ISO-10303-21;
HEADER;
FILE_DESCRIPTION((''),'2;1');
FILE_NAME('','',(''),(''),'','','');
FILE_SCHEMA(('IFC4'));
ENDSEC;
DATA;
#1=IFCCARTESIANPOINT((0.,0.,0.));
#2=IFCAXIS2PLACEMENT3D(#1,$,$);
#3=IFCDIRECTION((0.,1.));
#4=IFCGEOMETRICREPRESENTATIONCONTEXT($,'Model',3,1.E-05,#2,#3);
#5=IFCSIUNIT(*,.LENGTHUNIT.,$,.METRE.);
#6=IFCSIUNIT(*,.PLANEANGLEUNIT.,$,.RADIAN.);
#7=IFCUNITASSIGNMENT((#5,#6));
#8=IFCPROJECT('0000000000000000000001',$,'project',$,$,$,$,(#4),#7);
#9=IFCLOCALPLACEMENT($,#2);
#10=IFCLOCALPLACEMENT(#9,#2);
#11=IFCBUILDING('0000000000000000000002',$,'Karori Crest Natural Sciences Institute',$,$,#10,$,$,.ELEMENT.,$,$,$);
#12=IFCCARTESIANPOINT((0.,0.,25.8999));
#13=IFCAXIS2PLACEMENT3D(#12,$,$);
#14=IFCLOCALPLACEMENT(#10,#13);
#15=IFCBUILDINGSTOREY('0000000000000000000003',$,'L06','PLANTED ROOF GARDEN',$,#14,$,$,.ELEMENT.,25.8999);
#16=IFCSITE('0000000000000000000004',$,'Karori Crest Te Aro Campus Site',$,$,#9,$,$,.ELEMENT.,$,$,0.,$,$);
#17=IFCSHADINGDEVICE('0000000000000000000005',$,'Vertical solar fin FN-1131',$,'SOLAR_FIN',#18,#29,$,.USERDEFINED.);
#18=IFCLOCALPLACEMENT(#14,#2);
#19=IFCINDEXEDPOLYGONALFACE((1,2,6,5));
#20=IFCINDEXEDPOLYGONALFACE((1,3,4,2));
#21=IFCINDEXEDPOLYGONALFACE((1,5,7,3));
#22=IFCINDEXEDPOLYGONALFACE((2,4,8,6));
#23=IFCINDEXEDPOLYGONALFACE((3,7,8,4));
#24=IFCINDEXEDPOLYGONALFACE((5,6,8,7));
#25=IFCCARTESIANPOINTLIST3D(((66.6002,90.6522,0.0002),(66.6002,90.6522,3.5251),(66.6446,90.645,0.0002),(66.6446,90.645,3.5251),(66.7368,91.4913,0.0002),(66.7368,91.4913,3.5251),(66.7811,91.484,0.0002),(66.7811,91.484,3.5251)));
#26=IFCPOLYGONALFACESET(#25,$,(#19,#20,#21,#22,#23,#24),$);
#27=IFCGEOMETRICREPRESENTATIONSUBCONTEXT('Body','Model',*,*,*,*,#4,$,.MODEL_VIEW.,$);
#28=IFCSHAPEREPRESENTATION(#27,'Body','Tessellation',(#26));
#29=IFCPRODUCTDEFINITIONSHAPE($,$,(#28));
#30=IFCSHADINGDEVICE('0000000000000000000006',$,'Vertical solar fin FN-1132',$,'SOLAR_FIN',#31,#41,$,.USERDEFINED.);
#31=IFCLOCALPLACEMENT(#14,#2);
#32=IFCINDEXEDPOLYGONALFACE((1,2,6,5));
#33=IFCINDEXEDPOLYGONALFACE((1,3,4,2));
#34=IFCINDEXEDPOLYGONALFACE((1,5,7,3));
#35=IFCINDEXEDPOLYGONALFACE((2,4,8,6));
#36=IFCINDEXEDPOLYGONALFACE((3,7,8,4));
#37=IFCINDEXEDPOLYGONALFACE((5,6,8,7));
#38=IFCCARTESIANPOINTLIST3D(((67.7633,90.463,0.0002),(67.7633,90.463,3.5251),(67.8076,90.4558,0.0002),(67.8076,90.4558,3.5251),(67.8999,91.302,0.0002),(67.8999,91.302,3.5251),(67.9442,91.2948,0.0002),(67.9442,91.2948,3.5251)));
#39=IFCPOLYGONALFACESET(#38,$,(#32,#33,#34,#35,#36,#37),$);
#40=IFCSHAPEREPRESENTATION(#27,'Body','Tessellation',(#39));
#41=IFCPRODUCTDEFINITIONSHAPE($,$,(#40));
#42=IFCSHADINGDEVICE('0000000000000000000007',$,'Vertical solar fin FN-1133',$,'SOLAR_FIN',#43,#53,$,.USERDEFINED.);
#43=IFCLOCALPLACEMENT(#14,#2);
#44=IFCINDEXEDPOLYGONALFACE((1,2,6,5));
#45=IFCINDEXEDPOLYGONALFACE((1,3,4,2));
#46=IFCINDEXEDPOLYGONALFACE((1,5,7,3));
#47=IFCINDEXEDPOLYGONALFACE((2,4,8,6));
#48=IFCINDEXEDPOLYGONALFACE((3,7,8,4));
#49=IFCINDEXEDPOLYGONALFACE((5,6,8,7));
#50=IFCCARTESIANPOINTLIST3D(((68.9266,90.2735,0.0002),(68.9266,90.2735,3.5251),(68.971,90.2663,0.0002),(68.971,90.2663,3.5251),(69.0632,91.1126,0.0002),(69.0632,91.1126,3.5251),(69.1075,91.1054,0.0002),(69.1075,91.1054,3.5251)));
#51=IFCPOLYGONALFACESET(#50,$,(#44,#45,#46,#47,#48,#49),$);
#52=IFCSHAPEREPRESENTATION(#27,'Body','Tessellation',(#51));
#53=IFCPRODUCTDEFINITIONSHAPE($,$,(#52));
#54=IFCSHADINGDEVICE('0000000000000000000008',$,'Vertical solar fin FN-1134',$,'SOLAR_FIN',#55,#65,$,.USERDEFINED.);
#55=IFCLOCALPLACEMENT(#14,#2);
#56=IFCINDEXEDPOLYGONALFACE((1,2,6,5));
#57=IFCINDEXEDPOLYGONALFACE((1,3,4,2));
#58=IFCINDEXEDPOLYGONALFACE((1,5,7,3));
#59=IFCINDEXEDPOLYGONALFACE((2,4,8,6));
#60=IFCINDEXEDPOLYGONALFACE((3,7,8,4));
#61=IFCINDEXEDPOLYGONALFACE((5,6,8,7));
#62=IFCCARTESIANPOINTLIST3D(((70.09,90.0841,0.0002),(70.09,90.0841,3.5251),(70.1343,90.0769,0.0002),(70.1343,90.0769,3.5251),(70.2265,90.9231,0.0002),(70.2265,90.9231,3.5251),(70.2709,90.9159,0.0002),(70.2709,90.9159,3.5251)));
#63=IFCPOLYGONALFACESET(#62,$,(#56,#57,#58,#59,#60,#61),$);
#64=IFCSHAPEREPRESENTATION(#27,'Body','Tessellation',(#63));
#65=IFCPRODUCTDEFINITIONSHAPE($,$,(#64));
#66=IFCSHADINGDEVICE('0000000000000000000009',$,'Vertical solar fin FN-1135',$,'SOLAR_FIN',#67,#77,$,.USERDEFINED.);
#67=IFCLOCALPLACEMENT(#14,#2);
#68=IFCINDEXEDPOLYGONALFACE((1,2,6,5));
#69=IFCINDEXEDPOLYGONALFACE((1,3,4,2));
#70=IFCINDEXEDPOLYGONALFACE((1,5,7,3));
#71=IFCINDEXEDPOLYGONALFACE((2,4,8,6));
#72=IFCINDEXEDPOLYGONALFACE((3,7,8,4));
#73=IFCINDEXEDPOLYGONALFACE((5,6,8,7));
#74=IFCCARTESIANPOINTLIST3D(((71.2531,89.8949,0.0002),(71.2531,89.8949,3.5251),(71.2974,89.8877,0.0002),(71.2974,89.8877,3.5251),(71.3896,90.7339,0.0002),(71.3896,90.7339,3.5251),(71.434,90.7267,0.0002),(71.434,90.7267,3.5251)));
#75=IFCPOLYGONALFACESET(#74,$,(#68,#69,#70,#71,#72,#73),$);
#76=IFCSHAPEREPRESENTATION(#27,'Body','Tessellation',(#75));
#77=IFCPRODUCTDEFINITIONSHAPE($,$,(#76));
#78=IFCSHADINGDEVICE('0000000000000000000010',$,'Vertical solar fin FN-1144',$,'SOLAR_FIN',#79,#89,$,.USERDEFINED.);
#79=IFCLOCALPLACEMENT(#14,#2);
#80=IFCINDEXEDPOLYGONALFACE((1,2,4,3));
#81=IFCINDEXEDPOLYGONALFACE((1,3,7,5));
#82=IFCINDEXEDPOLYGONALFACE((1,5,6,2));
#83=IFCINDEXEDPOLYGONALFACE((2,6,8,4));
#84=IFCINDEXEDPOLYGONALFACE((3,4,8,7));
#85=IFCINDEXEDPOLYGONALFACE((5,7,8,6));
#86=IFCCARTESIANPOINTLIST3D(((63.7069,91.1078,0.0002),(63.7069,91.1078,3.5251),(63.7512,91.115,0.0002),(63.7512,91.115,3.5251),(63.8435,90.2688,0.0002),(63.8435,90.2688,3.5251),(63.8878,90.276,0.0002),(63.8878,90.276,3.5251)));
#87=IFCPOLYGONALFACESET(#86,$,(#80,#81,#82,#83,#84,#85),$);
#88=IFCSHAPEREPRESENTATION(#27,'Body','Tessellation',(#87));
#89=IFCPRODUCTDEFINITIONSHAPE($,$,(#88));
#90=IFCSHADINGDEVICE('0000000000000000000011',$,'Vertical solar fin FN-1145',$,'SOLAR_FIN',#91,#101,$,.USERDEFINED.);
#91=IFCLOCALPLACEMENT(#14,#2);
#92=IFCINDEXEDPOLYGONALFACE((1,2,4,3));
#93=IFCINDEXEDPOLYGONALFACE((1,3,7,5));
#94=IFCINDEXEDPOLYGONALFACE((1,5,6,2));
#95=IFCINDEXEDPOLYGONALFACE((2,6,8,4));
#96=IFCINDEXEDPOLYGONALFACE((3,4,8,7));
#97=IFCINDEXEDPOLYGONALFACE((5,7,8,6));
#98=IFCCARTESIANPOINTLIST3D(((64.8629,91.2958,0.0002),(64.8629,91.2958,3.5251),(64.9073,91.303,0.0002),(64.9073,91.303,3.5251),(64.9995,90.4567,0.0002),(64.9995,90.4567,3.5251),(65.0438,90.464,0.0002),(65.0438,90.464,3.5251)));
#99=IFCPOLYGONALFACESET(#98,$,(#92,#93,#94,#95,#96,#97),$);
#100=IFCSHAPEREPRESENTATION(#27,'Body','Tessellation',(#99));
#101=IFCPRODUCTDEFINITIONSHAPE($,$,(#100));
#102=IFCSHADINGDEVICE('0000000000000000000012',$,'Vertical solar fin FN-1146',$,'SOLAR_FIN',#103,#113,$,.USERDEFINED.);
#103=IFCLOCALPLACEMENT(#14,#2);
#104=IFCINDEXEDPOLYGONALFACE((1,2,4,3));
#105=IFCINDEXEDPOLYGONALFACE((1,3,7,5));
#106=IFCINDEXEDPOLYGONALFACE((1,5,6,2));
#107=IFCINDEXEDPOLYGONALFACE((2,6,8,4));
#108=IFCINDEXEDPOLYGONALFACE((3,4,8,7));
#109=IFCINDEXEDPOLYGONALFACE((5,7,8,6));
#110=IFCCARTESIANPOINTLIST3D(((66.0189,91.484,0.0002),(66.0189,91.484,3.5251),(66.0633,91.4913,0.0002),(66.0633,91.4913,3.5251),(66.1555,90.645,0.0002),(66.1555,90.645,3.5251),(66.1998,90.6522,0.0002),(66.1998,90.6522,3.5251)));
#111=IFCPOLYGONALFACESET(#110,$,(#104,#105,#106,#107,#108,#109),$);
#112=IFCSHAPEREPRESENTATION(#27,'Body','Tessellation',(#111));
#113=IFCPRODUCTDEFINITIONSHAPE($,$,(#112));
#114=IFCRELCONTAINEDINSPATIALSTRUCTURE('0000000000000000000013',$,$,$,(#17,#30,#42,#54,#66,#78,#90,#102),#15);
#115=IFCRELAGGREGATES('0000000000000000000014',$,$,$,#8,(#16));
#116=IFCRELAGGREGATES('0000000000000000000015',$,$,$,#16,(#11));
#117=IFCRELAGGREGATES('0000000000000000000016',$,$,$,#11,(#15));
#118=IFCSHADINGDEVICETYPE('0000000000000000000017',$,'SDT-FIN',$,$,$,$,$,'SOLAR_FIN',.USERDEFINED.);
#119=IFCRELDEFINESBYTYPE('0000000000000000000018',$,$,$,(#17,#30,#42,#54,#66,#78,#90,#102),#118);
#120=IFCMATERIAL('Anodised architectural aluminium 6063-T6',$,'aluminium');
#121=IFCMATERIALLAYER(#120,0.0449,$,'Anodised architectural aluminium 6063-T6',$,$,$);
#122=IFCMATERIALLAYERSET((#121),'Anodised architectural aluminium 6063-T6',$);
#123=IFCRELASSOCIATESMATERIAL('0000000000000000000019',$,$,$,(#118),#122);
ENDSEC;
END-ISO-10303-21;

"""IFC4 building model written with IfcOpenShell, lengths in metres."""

from ifc_helpers import new_model, si_unit, direction, frame, origin, origin_2d, place, context, subcontext, project, spatial, rectangle, extrude, material, layer, layer_set, type_object, element, save


model = new_model("IFC4")

# Units and contexts
model_context = context("Model", 3, precision=1e-05, world=origin(), true_north=direction((0.0, 1.0)))
body_context = subcontext(model_context, "Body", "Model", "MODEL_VIEW")
ifc_project = project(units=[si_unit("LENGTHUNIT", "METRE"), si_unit("PLANEANGLEUNIT", "RADIAN")], contexts=[model_context])

# Site, building, storey
site_placement = place(None, origin())
site = spatial("IfcSite", under=ifc_project, at=site_placement, Name="Karori Crest Te Aro Campus Site", CompositionType="ELEMENT", RefElevation=0.0)
building_placement = place(site_placement, origin())
building = spatial("IfcBuilding", under=site, at=building_placement, Name="Karori Crest Natural Sciences Institute", CompositionType="ELEMENT")
storey_placement = place(building_placement, frame((0.0, 0.0, 25.8999)))
storey = spatial("IfcBuildingStorey", under=building, at=storey_placement, Name="L06", Description="PLANTED ROOF GARDEN", CompositionType="ELEMENT", Elevation=25.8999)

# Shared definitions
ifc_material_1 = material(Name="Anodised architectural aluminium 6063-T6", Category="aluminium")

# Shading devices
ifc_layer_1 = layer(ifc_material_1, 0.0449, Name="Anodised architectural aluminium 6063-T6")
ifc_layer_set_1 = layer_set([ifc_layer_1], Name="Anodised architectural aluminium 6063-T6")
shading_device_type = type_object("IfcShadingDeviceType", Name="SDT-FIN", ElementType="SOLAR_FIN", PredefinedType="USERDEFINED", material=ifc_layer_set_1)
for number, where, z_axis, x_axis, name in (
    (1, (66.6907, 91.0681, 0.0002), (0.0, 0.0, 1.0), (0.160655, 0.987011, 0.0), "Vertical solar fin FN-1131"),
    (2, (67.8538, 90.8789, 0.0002), (0.0, 0.0, 1.0), (0.160655, 0.987011, 0.0), "Vertical solar fin FN-1132"),
    (3, (69.0171, 90.6895, 0.0002), (0.0, 0.0, 1.0), (0.160655, 0.987011, 0.0), "Vertical solar fin FN-1133"),
    (4, (70.1804, 90.5, 0.0002), (0.0, 0.0, 1.0), (0.160655, 0.987011, 0.0), "Vertical solar fin FN-1134"),
    (5, (71.3435, 90.3108, 0.0002), (0.0, 0.0, 1.0), (0.160655, 0.987011, 0.0), "Vertical solar fin FN-1135"),
    (6, (63.7974, 90.6919, 0.0002), (0.0, 0.0, 1.0), (-0.16065, 0.987012, 0.0), "Vertical solar fin FN-1144"),
    (7, (64.9534, 90.8799, 0.0002), (0.0, 0.0, 1.0), (-0.16065, 0.987012, 0.0), "Vertical solar fin FN-1145"),
    (8, (66.1094, 91.0681, 0.0002), (0.0, 0.0, 1.0), (-0.16065, 0.987012, 0.0), "Vertical solar fin FN-1146"),
):
    element("IfcShadingDevice", number, at=place(storey_placement, frame(where, z_axis=z_axis, x_axis=x_axis)), inside=storey, type_object=shading_device_type, Name=name, ObjectType="SOLAR_FIN", PredefinedType="USERDEFINED", context=body_context, shape_type="SweptSolid", body=[
        extrude(rectangle(XDim=0.8501, YDim=0.0449, at=origin_2d()), origin(), (0.0, 0.0, 1.0), 3.5249),
    ])

save(model, "model.ifc")
